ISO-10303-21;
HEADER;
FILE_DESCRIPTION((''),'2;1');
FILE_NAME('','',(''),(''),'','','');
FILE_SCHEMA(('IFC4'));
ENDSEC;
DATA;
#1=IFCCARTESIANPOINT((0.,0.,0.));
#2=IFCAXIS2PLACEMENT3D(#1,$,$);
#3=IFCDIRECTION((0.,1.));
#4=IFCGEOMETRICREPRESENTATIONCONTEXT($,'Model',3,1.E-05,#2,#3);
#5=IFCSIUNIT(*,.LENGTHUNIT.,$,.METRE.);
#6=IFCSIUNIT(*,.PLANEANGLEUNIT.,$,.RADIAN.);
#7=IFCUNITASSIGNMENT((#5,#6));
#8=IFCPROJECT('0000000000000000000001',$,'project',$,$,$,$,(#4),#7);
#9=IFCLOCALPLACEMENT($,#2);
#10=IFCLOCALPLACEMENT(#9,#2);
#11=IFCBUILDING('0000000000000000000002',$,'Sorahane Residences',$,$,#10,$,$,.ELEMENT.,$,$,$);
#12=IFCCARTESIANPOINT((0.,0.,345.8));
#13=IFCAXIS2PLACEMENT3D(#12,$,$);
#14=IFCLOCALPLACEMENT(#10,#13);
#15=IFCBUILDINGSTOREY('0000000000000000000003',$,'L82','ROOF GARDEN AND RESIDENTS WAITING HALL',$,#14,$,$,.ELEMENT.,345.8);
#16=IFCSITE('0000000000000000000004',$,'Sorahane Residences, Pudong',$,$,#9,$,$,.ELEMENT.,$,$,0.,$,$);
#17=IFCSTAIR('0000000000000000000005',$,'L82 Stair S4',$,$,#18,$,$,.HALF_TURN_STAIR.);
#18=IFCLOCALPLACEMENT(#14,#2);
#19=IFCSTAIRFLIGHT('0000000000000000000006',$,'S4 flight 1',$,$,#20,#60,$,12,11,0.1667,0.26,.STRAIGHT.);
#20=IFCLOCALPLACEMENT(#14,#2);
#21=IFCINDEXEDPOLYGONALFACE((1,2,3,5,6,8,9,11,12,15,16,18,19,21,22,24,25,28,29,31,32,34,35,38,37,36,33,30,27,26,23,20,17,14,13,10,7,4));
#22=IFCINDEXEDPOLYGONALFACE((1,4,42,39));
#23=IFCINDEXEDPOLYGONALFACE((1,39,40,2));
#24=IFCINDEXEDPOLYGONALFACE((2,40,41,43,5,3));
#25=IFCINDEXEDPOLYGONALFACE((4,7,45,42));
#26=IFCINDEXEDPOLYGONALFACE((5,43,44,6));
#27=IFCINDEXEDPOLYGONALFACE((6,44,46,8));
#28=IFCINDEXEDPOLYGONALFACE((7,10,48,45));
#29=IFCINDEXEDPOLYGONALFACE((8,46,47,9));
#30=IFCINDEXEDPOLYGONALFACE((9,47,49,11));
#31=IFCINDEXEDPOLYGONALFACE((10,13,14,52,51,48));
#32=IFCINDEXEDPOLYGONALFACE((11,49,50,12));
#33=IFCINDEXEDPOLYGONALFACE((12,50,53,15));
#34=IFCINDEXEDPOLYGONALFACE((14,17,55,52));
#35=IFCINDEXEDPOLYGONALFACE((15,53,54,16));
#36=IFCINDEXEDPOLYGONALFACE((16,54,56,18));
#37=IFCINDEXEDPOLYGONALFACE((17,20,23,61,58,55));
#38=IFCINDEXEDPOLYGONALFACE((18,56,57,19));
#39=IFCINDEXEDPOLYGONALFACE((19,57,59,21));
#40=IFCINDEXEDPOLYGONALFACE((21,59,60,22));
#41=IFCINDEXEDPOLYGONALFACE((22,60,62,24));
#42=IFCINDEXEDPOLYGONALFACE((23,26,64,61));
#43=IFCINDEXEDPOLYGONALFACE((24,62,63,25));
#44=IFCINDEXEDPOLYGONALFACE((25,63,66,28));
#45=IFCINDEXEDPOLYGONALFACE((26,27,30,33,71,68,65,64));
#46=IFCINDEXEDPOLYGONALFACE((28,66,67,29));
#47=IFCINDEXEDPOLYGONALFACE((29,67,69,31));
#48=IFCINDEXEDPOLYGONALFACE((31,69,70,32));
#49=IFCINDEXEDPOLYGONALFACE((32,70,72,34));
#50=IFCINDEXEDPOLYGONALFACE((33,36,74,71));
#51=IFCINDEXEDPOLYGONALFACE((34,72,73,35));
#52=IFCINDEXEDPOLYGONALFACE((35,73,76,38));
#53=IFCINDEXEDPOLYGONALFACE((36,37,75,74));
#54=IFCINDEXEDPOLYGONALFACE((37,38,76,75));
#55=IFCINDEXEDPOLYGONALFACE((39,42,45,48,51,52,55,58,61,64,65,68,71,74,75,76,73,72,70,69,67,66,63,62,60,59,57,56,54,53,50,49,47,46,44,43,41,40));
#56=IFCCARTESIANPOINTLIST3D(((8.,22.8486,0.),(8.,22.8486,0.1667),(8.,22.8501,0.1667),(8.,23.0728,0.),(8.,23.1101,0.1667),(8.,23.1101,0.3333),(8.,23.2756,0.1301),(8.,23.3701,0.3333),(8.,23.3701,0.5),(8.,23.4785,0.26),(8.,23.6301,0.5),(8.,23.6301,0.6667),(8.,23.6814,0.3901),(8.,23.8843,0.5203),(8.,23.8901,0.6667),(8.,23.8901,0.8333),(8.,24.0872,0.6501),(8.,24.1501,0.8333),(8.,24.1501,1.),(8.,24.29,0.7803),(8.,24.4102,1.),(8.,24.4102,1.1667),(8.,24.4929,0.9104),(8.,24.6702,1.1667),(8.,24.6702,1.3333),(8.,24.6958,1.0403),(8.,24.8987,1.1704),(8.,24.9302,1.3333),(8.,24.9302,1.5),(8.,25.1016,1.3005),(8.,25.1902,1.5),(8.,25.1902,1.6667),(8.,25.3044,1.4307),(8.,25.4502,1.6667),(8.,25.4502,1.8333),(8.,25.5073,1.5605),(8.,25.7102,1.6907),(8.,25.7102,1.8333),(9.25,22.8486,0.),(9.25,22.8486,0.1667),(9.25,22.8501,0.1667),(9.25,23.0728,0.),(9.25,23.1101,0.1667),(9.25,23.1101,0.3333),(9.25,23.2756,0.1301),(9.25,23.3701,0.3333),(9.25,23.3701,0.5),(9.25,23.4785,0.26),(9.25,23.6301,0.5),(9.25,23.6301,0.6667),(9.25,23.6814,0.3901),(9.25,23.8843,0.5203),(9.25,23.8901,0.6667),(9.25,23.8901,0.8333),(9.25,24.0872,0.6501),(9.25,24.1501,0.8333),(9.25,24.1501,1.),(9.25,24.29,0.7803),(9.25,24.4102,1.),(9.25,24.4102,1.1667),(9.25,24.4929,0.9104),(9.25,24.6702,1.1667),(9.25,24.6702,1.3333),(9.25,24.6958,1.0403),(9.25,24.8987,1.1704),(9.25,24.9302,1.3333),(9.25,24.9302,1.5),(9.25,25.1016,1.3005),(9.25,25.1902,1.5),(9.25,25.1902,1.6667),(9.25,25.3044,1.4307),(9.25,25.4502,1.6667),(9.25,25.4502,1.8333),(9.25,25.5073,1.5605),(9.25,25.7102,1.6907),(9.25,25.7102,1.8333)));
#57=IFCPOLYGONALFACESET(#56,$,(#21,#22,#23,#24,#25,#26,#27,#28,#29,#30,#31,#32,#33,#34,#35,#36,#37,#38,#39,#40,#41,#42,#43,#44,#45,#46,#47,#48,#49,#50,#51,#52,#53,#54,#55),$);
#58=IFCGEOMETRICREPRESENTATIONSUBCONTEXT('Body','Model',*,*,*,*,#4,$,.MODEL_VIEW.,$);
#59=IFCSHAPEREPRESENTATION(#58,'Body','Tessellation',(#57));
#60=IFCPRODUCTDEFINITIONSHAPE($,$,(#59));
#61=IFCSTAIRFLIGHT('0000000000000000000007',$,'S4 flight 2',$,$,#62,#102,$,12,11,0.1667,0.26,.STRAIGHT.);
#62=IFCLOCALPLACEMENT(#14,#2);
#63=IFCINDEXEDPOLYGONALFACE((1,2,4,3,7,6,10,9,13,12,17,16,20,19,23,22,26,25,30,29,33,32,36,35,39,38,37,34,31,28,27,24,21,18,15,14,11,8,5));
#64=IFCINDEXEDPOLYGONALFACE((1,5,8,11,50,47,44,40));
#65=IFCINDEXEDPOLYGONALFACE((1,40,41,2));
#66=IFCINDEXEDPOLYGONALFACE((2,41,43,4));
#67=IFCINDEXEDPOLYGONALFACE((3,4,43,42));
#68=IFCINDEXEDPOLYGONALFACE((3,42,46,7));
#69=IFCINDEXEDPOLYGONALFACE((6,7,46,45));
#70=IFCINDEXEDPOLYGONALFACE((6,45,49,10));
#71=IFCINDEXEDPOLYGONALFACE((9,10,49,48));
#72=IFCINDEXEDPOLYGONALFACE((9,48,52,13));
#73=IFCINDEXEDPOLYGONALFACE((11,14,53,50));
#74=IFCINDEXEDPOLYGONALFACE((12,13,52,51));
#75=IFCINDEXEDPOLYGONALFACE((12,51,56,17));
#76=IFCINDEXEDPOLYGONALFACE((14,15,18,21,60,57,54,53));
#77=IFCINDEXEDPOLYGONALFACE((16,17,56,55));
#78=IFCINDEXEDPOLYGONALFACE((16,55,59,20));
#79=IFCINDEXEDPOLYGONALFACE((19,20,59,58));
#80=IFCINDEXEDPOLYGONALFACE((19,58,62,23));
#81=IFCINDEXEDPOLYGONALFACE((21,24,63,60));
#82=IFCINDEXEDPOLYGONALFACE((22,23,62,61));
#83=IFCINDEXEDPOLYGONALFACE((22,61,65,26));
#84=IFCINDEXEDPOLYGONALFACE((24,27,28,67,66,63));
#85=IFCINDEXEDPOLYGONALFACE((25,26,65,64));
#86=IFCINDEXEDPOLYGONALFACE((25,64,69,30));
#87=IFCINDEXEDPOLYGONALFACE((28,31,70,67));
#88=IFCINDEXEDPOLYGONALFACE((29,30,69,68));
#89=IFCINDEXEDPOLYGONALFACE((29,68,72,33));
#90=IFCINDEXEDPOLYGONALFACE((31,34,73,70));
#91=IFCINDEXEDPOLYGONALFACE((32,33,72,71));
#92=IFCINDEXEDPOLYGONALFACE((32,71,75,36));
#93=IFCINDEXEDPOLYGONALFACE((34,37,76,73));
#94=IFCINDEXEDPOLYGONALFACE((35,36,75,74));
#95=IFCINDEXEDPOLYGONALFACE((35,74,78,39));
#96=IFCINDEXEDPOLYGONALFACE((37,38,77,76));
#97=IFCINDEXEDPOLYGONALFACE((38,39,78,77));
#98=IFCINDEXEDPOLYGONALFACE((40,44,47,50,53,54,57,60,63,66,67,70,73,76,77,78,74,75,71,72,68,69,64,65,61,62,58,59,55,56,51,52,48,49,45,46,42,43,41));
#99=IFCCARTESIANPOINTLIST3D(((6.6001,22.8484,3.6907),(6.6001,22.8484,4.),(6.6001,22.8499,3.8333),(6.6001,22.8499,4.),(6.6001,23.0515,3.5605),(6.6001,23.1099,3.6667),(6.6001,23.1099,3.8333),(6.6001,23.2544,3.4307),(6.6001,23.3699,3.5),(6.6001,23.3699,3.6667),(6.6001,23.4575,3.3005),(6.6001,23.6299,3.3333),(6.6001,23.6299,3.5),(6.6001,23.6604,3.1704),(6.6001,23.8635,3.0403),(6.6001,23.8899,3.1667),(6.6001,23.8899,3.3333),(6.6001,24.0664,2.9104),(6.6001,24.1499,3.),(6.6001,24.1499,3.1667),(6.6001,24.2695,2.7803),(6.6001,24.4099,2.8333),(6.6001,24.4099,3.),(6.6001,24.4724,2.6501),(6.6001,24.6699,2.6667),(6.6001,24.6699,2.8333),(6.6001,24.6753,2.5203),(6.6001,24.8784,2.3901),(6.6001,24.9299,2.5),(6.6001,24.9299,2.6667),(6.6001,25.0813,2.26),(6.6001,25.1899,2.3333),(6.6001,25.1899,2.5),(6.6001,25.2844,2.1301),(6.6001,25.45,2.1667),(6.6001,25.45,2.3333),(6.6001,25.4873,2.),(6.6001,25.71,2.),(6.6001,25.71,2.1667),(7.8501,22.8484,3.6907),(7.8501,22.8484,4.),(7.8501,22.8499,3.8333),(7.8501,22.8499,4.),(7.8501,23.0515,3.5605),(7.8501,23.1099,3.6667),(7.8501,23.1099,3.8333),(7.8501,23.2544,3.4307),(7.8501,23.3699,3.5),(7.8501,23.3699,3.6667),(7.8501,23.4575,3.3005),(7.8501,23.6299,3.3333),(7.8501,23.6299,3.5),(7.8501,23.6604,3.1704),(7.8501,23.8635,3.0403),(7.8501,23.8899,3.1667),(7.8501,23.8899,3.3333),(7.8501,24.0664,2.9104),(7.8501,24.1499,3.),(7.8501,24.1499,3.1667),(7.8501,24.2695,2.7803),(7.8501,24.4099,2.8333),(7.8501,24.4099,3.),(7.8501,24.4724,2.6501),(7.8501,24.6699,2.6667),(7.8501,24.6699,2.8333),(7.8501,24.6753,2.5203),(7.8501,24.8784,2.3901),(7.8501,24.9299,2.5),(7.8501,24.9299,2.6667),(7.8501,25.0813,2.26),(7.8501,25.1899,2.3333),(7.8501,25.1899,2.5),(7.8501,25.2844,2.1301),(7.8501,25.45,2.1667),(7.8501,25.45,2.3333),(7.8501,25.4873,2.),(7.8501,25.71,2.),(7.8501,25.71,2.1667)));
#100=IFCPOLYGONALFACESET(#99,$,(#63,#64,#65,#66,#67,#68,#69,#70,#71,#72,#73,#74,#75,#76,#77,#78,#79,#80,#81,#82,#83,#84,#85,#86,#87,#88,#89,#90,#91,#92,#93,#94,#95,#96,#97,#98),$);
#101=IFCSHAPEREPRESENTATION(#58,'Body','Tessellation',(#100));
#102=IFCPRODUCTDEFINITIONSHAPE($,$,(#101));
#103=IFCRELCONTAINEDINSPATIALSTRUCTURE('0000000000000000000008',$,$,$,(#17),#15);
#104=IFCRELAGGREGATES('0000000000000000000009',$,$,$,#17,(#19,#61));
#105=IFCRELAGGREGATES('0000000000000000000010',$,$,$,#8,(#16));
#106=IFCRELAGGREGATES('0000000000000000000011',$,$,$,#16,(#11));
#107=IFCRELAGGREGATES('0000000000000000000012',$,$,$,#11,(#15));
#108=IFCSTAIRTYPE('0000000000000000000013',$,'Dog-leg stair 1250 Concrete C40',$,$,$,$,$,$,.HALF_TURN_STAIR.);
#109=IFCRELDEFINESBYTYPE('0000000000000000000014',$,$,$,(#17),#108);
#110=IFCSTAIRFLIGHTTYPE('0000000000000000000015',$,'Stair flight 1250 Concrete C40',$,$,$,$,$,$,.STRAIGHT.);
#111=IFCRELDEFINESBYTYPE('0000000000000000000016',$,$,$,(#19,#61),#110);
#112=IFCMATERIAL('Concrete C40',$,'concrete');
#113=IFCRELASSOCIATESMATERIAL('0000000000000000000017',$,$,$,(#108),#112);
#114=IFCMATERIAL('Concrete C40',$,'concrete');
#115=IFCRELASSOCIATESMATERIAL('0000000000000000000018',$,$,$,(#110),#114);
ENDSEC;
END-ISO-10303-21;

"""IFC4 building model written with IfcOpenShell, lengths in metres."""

from ifc_helpers import new_model, si_unit, direction, frame, origin, place, context, subcontext, project, spatial, polyline, outline, extrude, material, type_object, element, aggregate, save


model = new_model("IFC4")

# Units and contexts
model_context = context("Model", 3, precision=1e-05, world=origin(), true_north=direction((0.0, 1.0)))
body_context = subcontext(model_context, "Body", "Model", "MODEL_VIEW")
ifc_project = project(units=[si_unit("LENGTHUNIT", "METRE"), si_unit("PLANEANGLEUNIT", "RADIAN")], contexts=[model_context])

# Site, building, storey
site_placement = place(None, origin())
site = spatial("IfcSite", under=ifc_project, at=site_placement, Name="Sorahane Residences, Pudong", CompositionType="ELEMENT", RefElevation=0.0)
building_placement = place(site_placement, origin())
building = spatial("IfcBuilding", under=site, at=building_placement, Name="Sorahane Residences", CompositionType="ELEMENT")
storey_placement = place(building_placement, frame((0.0, 0.0, 345.8)))
storey = spatial("IfcBuildingStorey", under=building, at=storey_placement, Name="L82", Description="ROOF GARDEN AND RESIDENTS WAITING HALL", CompositionType="ELEMENT", Elevation=345.8)

# Stair, stair flights
ifc_material_1 = material(Name="Concrete C40", Category="concrete")
stair_type = type_object("IfcStairType", Name="Dog-leg stair 1250 Concrete C40", PredefinedType="HALF_TURN_STAIR", material=ifc_material_1)
stair_placement = place(storey_placement, origin())
stair = element("IfcStair", 1, at=stair_placement, inside=storey, type_object=stair_type, Name="L82 Stair S4", PredefinedType="HALF_TURN_STAIR")
ifc_material_2 = material(Name="Concrete C40", Category="concrete")
stair_flight_type = type_object("IfcStairFlightType", Name="Stair flight 1250 Concrete C40", PredefinedType="STRAIGHT", material=ifc_material_2)
stair_flight_1_placement = place(storey_placement, frame((8.625, 22.8501, 0.0), z_axis=(0.0, 0.0, 1.0), x_axis=(0.0, 1.0, 0.0)))
stair_flight_1 = element("IfcStairFlight", 2, at=stair_flight_1_placement, type_object=stair_flight_type, Name="S4 flight 1", NumberOfRisers=12, NumberOfTreads=11, PredefinedType="STRAIGHT", RiserHeight=0.1667, TreadLength=0.26, context=body_context, shape_type="SweptSolid", body=[
    extrude(outline(polyline([(-0.0015, 0.0), (-0.0015, 0.1667), (0.0, 0.1667), (0.26, 0.1667), (0.26, 0.3333), (0.52, 0.3333), (0.52, 0.5), (0.78, 0.5), (0.78, 0.6667), (1.04, 0.6667), (1.04, 0.8333), (1.3, 0.8333), (1.3, 1.0), (1.5601, 1.0), (1.5601, 1.1667), (1.8201, 1.1667), (1.8201, 1.3333), (2.0801, 1.3333), (2.0801, 1.5), (2.3401, 1.5), (2.3401, 1.6667), (2.6001, 1.6667), (2.6001, 1.8333), (2.8601, 1.8333), (2.8601, 2.0), (2.8601, 1.6907), (2.6572, 1.5605), (2.4543, 1.4307), (2.2515, 1.3005), (2.0486, 1.1704), (1.8457, 1.0403), (1.6428, 0.9104), (1.4399, 0.7803), (1.2371, 0.6501), (1.0342, 0.5203), (0.8313, 0.3901), (0.6284, 0.26), (0.4255, 0.1301), (0.2227, 0.0), (-0.0015, 0.0)])), frame((0.0, 0.625, 0.0), z_axis=(0.0, -1.0, 0.0), x_axis=(1.0, 0.0, 0.0)), (0.0, 0.0, 1.0), 1.25),
])
stair_flight_2_placement = place(storey_placement, frame((7.2251, 25.71, 2.0), z_axis=(0.0, 0.0, 1.0), x_axis=(0.0, -1.0, 0.0)))
stair_flight_2 = element("IfcStairFlight", 3, at=stair_flight_2_placement, type_object=stair_flight_type, Name="S4 flight 2", NumberOfRisers=12, NumberOfTreads=11, PredefinedType="STRAIGHT", RiserHeight=0.1667, TreadLength=0.26, context=body_context, shape_type="SweptSolid", body=[
    extrude(outline(polyline([(0.0, 0.0), (0.0, 0.1667), (0.26, 0.1667), (0.26, 0.3333), (0.52, 0.3333), (0.52, 0.5), (0.78, 0.5), (0.78, 0.6667), (1.04, 0.6667), (1.04, 0.8333), (1.3, 0.8333), (1.3, 1.0), (1.5601, 1.0), (1.5601, 1.1667), (1.8201, 1.1667), (1.8201, 1.3333), (2.0801, 1.3333), (2.0801, 1.5), (2.3401, 1.5), (2.3401, 1.6667), (2.6001, 1.6667), (2.6001, 1.8333), (2.8601, 1.8333), (2.8601, 2.0), (2.8616, 2.0), (2.8616, 1.6907), (2.6584, 1.5605), (2.4556, 1.4307), (2.2524, 1.3005), (2.0496, 1.1704), (1.8464, 1.0403), (1.6436, 0.9104), (1.4404, 0.7803), (1.2375, 0.6501), (1.0347, 0.5203), (0.8315, 0.3901), (0.6287, 0.26), (0.4255, 0.1301), (0.2227, 0.0), (0.0, 0.0)])), frame((0.0, 0.625, 0.0), z_axis=(0.0, -1.0, 0.0), x_axis=(1.0, 0.0, 0.0)), (0.0, 0.0, 1.0), 1.25),
])
aggregate(stair, [stair_flight_1, stair_flight_2])

save(model, "model.ifc")
